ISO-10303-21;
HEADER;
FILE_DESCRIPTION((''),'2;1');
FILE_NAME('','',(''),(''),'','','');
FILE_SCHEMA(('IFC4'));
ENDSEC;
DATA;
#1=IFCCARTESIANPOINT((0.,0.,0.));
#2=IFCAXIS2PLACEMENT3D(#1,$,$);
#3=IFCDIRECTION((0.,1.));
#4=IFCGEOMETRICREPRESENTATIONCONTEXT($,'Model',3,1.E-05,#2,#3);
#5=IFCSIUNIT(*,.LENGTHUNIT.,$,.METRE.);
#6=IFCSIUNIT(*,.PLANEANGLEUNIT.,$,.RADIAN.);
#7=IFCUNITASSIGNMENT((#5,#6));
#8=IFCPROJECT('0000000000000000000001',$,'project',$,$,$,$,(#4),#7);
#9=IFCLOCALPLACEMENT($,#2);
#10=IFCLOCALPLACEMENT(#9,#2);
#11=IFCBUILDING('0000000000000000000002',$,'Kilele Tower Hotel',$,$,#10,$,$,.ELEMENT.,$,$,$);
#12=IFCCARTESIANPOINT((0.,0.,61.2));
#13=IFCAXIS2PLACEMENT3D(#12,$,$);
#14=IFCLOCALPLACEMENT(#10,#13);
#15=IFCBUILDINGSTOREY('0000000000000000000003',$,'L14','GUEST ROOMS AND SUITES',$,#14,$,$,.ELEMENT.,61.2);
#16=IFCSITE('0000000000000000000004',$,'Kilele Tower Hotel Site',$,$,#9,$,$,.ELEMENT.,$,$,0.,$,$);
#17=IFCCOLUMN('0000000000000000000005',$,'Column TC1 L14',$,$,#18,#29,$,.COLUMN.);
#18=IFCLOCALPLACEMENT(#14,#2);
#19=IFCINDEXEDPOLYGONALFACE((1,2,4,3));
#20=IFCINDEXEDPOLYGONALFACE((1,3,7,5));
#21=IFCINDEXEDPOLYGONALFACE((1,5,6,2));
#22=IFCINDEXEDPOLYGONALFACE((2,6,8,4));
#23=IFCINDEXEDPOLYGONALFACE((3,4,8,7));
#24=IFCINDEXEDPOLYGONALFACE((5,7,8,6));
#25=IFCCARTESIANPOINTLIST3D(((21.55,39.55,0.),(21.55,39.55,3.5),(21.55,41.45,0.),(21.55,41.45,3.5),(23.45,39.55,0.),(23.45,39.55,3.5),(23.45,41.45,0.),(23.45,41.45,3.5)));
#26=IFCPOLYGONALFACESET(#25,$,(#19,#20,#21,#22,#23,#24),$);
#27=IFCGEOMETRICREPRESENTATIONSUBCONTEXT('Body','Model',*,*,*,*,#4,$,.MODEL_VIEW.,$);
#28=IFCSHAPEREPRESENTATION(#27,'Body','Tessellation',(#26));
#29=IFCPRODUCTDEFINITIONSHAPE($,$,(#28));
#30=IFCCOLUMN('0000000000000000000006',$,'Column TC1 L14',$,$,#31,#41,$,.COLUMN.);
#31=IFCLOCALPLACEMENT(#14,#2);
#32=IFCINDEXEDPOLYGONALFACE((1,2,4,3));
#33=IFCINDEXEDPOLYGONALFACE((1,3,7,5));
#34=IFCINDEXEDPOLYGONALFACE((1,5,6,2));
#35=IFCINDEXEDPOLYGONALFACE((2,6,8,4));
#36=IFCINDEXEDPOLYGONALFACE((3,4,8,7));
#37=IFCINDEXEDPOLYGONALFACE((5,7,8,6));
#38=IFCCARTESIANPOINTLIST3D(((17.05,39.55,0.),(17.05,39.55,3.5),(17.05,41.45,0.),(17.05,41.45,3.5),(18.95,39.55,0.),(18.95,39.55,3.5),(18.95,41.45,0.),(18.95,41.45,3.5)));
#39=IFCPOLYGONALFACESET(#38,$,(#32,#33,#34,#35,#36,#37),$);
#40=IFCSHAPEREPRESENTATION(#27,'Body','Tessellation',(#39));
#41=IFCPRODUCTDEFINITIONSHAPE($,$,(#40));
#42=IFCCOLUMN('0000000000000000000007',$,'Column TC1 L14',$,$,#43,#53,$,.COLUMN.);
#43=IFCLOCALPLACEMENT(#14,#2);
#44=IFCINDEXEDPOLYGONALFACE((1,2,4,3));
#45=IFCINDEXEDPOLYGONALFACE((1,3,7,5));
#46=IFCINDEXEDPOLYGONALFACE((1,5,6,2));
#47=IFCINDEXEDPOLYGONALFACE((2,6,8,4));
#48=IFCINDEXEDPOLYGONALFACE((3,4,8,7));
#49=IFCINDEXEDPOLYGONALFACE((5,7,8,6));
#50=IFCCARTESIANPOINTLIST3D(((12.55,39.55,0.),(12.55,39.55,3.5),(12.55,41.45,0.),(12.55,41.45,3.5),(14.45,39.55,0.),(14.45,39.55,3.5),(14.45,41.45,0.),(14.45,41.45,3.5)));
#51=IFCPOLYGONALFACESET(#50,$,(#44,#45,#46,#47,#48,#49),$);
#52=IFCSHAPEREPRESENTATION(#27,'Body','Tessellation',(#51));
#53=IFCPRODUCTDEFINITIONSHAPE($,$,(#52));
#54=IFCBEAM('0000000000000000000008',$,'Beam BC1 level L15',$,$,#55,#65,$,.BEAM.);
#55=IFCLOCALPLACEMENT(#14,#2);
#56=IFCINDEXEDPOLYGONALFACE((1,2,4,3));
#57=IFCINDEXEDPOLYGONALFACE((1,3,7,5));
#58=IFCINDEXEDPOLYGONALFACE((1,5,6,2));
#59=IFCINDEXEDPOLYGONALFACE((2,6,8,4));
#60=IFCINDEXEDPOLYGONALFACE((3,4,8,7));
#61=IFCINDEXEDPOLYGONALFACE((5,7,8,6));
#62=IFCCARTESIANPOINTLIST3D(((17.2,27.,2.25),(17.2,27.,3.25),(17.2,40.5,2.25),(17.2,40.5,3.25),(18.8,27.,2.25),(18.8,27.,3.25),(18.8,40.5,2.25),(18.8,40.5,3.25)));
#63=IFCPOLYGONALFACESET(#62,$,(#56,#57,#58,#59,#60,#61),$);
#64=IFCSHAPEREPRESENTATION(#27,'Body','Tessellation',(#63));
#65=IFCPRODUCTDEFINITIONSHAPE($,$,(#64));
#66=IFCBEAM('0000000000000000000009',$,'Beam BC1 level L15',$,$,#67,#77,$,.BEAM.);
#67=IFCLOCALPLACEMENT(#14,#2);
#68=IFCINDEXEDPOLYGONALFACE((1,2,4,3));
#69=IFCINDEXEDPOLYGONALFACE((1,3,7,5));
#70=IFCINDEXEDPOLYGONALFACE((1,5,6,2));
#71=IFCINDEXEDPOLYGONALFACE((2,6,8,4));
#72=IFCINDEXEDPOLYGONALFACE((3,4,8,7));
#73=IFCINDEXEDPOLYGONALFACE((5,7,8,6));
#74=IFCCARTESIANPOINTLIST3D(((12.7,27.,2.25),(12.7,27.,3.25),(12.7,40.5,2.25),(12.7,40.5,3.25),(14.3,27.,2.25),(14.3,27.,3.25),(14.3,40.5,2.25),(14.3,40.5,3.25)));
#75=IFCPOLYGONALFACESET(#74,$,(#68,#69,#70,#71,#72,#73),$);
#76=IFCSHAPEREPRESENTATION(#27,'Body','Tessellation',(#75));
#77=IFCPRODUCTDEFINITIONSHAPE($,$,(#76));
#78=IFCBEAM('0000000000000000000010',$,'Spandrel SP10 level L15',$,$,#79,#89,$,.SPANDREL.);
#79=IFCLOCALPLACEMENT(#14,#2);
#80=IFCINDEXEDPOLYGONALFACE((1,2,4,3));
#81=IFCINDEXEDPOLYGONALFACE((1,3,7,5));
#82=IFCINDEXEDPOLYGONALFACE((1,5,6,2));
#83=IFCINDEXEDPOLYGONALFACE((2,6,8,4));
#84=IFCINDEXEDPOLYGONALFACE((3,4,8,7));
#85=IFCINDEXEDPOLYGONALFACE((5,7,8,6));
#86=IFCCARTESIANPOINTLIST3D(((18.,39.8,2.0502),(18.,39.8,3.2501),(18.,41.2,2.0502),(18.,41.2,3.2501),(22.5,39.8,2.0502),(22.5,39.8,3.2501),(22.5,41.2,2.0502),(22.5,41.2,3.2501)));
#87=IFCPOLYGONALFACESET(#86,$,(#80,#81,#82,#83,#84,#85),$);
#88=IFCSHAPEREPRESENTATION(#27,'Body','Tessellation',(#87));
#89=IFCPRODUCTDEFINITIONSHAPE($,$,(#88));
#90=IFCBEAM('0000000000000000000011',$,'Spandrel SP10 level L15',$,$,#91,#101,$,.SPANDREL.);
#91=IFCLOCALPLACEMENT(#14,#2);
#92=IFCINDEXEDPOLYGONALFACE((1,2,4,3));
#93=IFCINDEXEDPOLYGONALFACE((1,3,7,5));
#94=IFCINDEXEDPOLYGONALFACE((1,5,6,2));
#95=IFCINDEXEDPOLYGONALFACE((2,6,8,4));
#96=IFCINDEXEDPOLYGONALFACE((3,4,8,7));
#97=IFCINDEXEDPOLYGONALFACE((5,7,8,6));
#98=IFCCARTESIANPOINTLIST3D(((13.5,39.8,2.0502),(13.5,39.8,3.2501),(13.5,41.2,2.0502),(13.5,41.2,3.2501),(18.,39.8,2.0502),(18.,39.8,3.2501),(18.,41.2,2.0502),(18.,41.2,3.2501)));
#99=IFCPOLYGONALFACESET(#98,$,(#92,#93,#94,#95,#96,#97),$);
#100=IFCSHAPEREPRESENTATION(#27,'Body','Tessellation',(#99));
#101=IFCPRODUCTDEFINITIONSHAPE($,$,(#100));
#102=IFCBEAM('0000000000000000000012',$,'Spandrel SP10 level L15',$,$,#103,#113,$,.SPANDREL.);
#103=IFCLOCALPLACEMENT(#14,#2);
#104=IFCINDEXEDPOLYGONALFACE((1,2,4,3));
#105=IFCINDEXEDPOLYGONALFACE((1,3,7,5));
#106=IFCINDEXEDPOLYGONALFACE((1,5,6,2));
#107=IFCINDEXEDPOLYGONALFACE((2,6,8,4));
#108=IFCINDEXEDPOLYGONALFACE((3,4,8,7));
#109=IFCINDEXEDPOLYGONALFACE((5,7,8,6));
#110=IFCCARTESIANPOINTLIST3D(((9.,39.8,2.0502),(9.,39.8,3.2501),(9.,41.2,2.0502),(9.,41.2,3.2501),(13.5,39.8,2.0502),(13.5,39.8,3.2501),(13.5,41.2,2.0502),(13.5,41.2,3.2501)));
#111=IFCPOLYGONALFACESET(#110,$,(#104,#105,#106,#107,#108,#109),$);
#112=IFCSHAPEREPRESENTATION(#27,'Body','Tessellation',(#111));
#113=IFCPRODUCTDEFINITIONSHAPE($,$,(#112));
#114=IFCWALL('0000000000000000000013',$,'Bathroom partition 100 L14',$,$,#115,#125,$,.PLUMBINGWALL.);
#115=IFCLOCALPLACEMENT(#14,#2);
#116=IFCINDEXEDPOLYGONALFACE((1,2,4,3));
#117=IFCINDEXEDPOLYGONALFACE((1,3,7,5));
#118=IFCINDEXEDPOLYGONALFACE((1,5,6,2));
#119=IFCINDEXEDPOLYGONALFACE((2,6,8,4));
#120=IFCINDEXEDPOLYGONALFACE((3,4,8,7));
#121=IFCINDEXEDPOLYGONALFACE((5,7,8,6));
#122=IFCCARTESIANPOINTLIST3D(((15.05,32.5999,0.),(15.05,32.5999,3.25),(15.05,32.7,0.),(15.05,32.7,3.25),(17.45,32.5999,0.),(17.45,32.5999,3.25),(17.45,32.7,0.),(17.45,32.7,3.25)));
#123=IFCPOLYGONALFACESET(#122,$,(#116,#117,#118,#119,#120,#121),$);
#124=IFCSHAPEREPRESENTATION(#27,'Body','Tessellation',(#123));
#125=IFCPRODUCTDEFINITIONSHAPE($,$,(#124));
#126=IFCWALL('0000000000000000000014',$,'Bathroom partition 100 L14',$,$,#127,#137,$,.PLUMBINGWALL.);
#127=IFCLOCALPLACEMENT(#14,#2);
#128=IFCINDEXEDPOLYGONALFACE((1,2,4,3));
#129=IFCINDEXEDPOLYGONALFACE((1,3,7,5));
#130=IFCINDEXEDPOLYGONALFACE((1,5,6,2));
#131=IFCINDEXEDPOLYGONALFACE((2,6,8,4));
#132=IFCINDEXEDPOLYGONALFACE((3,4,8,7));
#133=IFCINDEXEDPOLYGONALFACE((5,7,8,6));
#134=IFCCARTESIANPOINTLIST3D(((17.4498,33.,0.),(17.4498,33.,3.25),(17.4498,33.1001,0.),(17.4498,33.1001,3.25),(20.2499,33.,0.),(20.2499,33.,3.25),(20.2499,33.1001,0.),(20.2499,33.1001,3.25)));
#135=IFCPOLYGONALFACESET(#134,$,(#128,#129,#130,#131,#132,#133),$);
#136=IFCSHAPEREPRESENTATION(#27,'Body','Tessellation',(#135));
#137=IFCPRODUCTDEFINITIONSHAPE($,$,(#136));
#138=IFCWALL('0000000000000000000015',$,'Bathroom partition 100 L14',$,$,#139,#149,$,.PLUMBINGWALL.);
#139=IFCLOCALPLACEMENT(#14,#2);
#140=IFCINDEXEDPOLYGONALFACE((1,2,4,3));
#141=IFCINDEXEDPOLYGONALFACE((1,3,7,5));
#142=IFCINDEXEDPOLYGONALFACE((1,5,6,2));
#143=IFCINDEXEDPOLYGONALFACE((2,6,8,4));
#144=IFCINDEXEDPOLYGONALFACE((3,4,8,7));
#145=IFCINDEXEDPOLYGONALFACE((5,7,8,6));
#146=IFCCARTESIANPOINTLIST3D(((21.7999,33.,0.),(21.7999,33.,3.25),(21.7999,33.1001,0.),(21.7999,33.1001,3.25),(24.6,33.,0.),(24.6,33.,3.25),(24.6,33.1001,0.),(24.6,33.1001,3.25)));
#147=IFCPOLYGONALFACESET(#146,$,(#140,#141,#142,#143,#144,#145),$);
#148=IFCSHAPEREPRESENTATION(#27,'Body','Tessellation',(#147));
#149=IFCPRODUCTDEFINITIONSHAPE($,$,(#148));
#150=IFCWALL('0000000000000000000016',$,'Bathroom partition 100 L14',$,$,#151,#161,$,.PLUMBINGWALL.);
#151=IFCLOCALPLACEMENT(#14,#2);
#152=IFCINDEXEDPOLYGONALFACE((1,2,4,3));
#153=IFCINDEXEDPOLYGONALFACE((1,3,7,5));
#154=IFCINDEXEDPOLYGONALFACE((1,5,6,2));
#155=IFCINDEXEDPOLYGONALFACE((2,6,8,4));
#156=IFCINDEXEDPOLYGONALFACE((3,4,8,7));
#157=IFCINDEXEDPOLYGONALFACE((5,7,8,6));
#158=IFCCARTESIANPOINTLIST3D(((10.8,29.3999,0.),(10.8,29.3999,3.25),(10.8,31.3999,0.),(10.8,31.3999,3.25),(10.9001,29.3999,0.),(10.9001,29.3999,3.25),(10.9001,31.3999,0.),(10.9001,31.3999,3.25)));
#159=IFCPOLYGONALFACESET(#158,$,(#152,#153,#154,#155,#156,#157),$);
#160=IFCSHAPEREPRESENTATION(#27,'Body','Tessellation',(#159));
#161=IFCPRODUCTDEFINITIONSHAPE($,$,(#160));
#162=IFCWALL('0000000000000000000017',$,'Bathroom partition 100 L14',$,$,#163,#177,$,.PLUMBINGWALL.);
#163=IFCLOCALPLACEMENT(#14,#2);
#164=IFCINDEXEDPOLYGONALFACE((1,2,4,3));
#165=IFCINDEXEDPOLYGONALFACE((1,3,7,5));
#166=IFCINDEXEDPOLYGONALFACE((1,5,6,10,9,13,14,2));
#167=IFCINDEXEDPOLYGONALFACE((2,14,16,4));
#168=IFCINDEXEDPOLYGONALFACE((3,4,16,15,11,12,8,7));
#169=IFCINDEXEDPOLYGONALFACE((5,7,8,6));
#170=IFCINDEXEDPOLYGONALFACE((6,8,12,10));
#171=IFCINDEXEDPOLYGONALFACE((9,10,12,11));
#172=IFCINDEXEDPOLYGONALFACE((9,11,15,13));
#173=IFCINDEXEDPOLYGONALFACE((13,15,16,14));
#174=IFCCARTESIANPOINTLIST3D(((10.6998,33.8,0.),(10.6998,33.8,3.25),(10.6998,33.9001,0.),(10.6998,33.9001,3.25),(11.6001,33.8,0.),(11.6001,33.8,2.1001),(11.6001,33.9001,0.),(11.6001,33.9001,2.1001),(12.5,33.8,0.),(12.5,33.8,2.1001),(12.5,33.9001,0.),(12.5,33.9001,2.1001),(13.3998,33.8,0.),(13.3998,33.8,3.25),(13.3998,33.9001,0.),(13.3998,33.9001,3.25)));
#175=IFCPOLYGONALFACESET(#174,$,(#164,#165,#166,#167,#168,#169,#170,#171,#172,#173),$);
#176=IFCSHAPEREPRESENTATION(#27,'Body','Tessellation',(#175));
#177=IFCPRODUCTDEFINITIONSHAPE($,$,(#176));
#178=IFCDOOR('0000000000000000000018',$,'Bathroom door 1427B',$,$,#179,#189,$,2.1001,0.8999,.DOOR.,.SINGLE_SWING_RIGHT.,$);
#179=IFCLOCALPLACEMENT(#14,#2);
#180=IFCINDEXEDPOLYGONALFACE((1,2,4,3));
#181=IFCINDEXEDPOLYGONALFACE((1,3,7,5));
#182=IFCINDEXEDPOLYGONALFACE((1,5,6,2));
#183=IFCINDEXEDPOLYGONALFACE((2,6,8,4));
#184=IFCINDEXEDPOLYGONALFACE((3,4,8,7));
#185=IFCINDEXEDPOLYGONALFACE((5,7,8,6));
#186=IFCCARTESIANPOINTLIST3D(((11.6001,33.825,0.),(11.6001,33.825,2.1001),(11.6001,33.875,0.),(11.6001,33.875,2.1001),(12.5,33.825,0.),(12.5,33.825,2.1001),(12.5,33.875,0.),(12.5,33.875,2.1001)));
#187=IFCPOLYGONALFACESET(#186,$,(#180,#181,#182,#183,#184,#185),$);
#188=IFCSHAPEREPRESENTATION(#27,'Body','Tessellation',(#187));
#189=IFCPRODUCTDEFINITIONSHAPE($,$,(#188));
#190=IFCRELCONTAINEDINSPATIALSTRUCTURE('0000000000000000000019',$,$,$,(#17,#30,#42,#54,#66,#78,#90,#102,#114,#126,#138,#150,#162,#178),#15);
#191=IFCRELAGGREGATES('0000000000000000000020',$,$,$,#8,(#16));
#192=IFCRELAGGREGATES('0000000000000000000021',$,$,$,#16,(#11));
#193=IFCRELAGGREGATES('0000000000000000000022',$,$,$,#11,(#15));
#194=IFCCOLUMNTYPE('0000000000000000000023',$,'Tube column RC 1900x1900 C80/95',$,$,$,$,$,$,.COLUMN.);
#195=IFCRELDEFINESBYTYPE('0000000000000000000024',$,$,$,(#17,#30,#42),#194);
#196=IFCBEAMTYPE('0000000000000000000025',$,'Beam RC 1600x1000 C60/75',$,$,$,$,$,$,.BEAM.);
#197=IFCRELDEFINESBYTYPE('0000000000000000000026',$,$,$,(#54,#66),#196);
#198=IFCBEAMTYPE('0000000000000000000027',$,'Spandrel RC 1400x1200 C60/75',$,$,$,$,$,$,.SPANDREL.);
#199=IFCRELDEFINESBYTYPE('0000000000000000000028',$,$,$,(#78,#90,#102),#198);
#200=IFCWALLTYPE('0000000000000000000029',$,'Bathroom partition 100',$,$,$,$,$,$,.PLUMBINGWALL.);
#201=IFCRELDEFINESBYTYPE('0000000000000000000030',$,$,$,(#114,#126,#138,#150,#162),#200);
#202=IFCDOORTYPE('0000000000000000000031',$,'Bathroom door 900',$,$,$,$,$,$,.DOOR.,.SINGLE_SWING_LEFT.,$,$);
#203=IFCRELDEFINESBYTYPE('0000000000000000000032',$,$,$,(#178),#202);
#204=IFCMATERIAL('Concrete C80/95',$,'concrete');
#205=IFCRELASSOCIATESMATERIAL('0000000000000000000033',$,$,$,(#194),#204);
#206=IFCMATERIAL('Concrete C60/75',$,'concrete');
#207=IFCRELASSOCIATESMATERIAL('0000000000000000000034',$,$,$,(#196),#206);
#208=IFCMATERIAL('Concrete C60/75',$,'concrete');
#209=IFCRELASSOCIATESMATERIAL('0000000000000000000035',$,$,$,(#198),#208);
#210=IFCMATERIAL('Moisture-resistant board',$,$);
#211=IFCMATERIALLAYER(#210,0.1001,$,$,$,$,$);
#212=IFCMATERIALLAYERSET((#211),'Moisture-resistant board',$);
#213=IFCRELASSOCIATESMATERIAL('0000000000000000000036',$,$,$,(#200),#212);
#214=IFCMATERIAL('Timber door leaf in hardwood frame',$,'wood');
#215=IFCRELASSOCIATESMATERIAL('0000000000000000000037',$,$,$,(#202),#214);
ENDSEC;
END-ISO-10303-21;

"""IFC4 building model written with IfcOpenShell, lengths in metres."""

from ifc_helpers import new_model, si_unit, direction, frame, frame_2d, origin, origin_2d, place, context, subcontext, project, spatial, rectangle, extrude, material, layer, layer_set, material_profile, profile_set, type_object, element, fill, save


model = new_model("IFC4")

# Units and contexts
model_context = context("Model", 3, precision=1e-05, world=origin(), true_north=direction((0.0, 1.0)))
body_context = subcontext(model_context, "Body", "Model", "MODEL_VIEW")
ifc_project = project(units=[si_unit("LENGTHUNIT", "METRE"), si_unit("PLANEANGLEUNIT", "RADIAN")], contexts=[model_context])

# Site, building, storey
site_placement = place(None, origin())
site = spatial("IfcSite", under=ifc_project, at=site_placement, Name="Kilele Tower Hotel Site", CompositionType="ELEMENT", RefElevation=0.0)
building_placement = place(site_placement, origin())
building = spatial("IfcBuilding", under=site, at=building_placement, Name="Kilele Tower Hotel", CompositionType="ELEMENT")
storey_placement = place(building_placement, frame((0.0, 0.0, 61.2)))
storey = spatial("IfcBuildingStorey", under=building, at=storey_placement, Name="L14", Description="GUEST ROOMS AND SUITES", CompositionType="ELEMENT", Elevation=61.2)

# Columns
ifc_material_1 = material(Name="Concrete C80/95", Category="concrete")
ifc_material_profile_1 = material_profile(ifc_material_1, rectangle(XDim=1.8999, YDim=1.8999, at=origin_2d()))
ifc_profile_set_1 = profile_set([ifc_material_profile_1], Name="Concrete C80/95")
column_type = type_object("IfcColumnType", Name="Tube column RC 1900x1900 C80/95", PredefinedType="COLUMN", material=ifc_profile_set_1)
for number, where, z_axis, x_axis, name in (
    (1, (22.5, 40.5, 0.0), (0.0, 0.0, 1.0), (1.0, 0.0, 0.0), "Column TC1 L14"),
    (2, (18.0, 40.5, 0.0), (0.0, 0.0, 1.0), (1.0, 0.0, 0.0), "Column TC1 L14"),
    (3, (13.5, 40.5, 0.0), (0.0, 0.0, 1.0), (1.0, 0.0, 0.0), "Column TC1 L14"),
):
    element("IfcColumn", number, at=place(storey_placement, frame(where, z_axis=z_axis, x_axis=x_axis)), inside=storey, type_object=column_type, Name=name, PredefinedType="COLUMN", context=body_context, shape_type="SweptSolid", body=[
        extrude(rectangle(XDim=1.8999, YDim=1.8999, at=origin_2d()), origin(), (0.0, 0.0, 1.0), 3.5),
    ])

# Beams
ifc_material_2 = material(Name="Concrete C60/75", Category="concrete")
ifc_material_profile_2 = material_profile(ifc_material_2, rectangle(XDim=1.6001, YDim=1.0, at=origin_2d()))
ifc_profile_set_2 = profile_set([ifc_material_profile_2], Name="Concrete C60/75")
beam_type_1 = type_object("IfcBeamType", Name="Beam RC 1600x1000 C60/75", PredefinedType="BEAM", material=ifc_profile_set_2)
for number, where, z_axis, x_axis, name in (
    (4, (18.0, 40.5, 2.75), (0.0, -1.0, 0.0), (1.0, 0.0, 0.0), "Beam BC1 level L15"),
    (5, (13.5, 40.5, 2.75), (0.0, -1.0, 0.0), (1.0, 0.0, 0.0), "Beam BC1 level L15"),
):
    element("IfcBeam", number, at=place(storey_placement, frame(where, z_axis=z_axis, x_axis=x_axis)), inside=storey, type_object=beam_type_1, Name=name, PredefinedType="BEAM", context=body_context, shape_type="SweptSolid", body=[
        extrude(rectangle(XDim=1.6001, YDim=1.0, at=origin_2d()), origin(), (0.0, 0.0, 1.0), 13.5),
    ])
ifc_material_3 = material(Name="Concrete C60/75", Category="concrete")
ifc_material_profile_3 = material_profile(ifc_material_3, rectangle(XDim=1.3999, YDim=1.2, at=origin_2d()))
ifc_profile_set_3 = profile_set([ifc_material_profile_3], Name="Concrete C60/75")
beam_type_2 = type_object("IfcBeamType", Name="Spandrel RC 1400x1200 C60/75", PredefinedType="SPANDREL", material=ifc_profile_set_3)
for number, where, z_axis, x_axis, name in (
    (6, (22.5, 40.5, 2.6501), (-1.0, 0.0, 0.0), (0.0, -1.0, 0.0), "Spandrel SP10 level L15"),
    (7, (18.0, 40.5, 2.6501), (-1.0, 0.0, 0.0), (0.0, -1.0, 0.0), "Spandrel SP10 level L15"),
    (8, (13.5, 40.5, 2.6501), (-1.0, 0.0, 0.0), (0.0, -1.0, 0.0), "Spandrel SP10 level L15"),
):
    element("IfcBeam", number, at=place(storey_placement, frame(where, z_axis=z_axis, x_axis=x_axis)), inside=storey, type_object=beam_type_2, Name=name, PredefinedType="SPANDREL", context=body_context, shape_type="SweptSolid", body=[
        extrude(rectangle(XDim=1.3999, YDim=1.2, at=origin_2d()), origin(), (0.0, 0.0, 1.0), 4.5),
    ])

# Walls
ifc_material_4 = material(Name="Moisture-resistant board")
ifc_layer_1 = layer(ifc_material_4, 0.1001)
ifc_layer_set_1 = layer_set([ifc_layer_1], Name="Moisture-resistant board")
wall_type_1 = type_object("IfcWallType", Name="Bathroom partition 100", PredefinedType="PLUMBINGWALL", material=ifc_layer_set_1)
wall_1_placement = place(storey_placement, frame((15.05, 32.6499, 0.0), z_axis=(0.0, 0.0, 1.0), x_axis=(1.0, 0.0, 0.0)))
element("IfcWall", 9, at=wall_1_placement, inside=storey, type_object=wall_type_1, Name="Bathroom partition 100 L14", PredefinedType="PLUMBINGWALL", context=body_context, shape_type="SweptSolid", body=[
    extrude(rectangle(XDim=2.3999, YDim=0.1001, at=frame_2d((1.2, 0.0))), origin(), (0.0, 0.0, 1.0), 3.25),
])
for number, where, z_axis, x_axis, name in (
    (10, (17.45, 33.05, 0.0), (0.0, 0.0, 1.0), (1.0, 0.0, 0.0), "Bathroom partition 100 L14"),
    (11, (21.8, 33.05, 0.0), (0.0, 0.0, 1.0), (1.0, 0.0, 0.0), "Bathroom partition 100 L14"),
):
    element("IfcWall", number, at=place(storey_placement, frame(where, z_axis=z_axis, x_axis=x_axis)), inside=storey, type_object=wall_type_1, Name=name, PredefinedType="PLUMBINGWALL", context=body_context, shape_type="SweptSolid", body=[
        extrude(rectangle(XDim=2.8, YDim=0.1001, at=frame_2d((1.3999, 0.0))), origin(), (0.0, 0.0, 1.0), 3.25),
    ])
wall_2_placement = place(storey_placement, frame((10.8501, 31.3999, 0.0), z_axis=(0.0, 0.0, 1.0), x_axis=(0.0, -1.0, 0.0)))
element("IfcWall", 12, at=wall_2_placement, inside=storey, type_object=wall_type_1, Name="Bathroom partition 100 L14", PredefinedType="PLUMBINGWALL", context=body_context, shape_type="SweptSolid", body=[
    extrude(rectangle(XDim=2.0, YDim=0.1001, at=frame_2d((1.0, 0.0))), origin(), (0.0, 0.0, 1.0), 3.25),
])

# Wall, opening, door
wall_3_placement = place(storey_placement, frame((13.3999, 33.8501, 0.0), z_axis=(0.0, 0.0, 1.0), x_axis=(-1.0, 0.0, 0.0)))
wall_3 = element("IfcWall", 13, at=wall_3_placement, inside=storey, type_object=wall_type_1, Name="Bathroom partition 100 L14", PredefinedType="PLUMBINGWALL", context=body_context, shape_type="SweptSolid", body=[
    extrude(rectangle(XDim=2.7, YDim=0.1001, at=frame_2d((1.3501, 0.0))), origin(), (0.0, 0.0, 1.0), 3.25),
])
opening_1_placement = place(wall_3_placement, frame((1.7998, 0.0, 0.0), z_axis=(0.0, 0.0, 1.0), x_axis=(-1.0, 0.0, 0.0)))
opening_1 = element("IfcOpeningElement", 14, at=opening_1_placement, cuts=wall_3, PredefinedType="OPENING", context=body_context, shape_type="SweptSolid", body=[
    extrude(rectangle(XDim=0.8999, YDim=2.1001, at=frame_2d((0.45, 1.05))), frame((0.0, 0.0601, 0.0), z_axis=(0.0, -1.0, 0.0), x_axis=(1.0, 0.0, 0.0)), (0.0, 0.0, 1.0), 0.1201),
])
ifc_material_5 = material(Name="Timber door leaf in hardwood frame", Category="wood")
door_type_1 = type_object("IfcDoorType", Name="Bathroom door 900", OperationType="SINGLE_SWING_LEFT", PredefinedType="DOOR", material=ifc_material_5)
door_1_placement = place(opening_1_placement, origin())
door_1 = element("IfcDoor", 15, at=door_1_placement, inside=storey, type_object=door_type_1, Name="Bathroom door 1427B", OperationType="SINGLE_SWING_RIGHT", OverallHeight=2.1001, OverallWidth=0.8999, PredefinedType="DOOR", context=body_context, shape_type="SweptSolid", body=[
    extrude(rectangle(XDim=0.8999, YDim=2.1001, at=frame_2d((0.45, 1.05))), frame((0.0, 0.0249, 0.0), z_axis=(0.0, -1.0, 0.0), x_axis=(1.0, 0.0, 0.0)), (0.0, 0.0, 1.0), 0.05),
])
fill(opening_1, door_1)

save(model, "model.ifc")
